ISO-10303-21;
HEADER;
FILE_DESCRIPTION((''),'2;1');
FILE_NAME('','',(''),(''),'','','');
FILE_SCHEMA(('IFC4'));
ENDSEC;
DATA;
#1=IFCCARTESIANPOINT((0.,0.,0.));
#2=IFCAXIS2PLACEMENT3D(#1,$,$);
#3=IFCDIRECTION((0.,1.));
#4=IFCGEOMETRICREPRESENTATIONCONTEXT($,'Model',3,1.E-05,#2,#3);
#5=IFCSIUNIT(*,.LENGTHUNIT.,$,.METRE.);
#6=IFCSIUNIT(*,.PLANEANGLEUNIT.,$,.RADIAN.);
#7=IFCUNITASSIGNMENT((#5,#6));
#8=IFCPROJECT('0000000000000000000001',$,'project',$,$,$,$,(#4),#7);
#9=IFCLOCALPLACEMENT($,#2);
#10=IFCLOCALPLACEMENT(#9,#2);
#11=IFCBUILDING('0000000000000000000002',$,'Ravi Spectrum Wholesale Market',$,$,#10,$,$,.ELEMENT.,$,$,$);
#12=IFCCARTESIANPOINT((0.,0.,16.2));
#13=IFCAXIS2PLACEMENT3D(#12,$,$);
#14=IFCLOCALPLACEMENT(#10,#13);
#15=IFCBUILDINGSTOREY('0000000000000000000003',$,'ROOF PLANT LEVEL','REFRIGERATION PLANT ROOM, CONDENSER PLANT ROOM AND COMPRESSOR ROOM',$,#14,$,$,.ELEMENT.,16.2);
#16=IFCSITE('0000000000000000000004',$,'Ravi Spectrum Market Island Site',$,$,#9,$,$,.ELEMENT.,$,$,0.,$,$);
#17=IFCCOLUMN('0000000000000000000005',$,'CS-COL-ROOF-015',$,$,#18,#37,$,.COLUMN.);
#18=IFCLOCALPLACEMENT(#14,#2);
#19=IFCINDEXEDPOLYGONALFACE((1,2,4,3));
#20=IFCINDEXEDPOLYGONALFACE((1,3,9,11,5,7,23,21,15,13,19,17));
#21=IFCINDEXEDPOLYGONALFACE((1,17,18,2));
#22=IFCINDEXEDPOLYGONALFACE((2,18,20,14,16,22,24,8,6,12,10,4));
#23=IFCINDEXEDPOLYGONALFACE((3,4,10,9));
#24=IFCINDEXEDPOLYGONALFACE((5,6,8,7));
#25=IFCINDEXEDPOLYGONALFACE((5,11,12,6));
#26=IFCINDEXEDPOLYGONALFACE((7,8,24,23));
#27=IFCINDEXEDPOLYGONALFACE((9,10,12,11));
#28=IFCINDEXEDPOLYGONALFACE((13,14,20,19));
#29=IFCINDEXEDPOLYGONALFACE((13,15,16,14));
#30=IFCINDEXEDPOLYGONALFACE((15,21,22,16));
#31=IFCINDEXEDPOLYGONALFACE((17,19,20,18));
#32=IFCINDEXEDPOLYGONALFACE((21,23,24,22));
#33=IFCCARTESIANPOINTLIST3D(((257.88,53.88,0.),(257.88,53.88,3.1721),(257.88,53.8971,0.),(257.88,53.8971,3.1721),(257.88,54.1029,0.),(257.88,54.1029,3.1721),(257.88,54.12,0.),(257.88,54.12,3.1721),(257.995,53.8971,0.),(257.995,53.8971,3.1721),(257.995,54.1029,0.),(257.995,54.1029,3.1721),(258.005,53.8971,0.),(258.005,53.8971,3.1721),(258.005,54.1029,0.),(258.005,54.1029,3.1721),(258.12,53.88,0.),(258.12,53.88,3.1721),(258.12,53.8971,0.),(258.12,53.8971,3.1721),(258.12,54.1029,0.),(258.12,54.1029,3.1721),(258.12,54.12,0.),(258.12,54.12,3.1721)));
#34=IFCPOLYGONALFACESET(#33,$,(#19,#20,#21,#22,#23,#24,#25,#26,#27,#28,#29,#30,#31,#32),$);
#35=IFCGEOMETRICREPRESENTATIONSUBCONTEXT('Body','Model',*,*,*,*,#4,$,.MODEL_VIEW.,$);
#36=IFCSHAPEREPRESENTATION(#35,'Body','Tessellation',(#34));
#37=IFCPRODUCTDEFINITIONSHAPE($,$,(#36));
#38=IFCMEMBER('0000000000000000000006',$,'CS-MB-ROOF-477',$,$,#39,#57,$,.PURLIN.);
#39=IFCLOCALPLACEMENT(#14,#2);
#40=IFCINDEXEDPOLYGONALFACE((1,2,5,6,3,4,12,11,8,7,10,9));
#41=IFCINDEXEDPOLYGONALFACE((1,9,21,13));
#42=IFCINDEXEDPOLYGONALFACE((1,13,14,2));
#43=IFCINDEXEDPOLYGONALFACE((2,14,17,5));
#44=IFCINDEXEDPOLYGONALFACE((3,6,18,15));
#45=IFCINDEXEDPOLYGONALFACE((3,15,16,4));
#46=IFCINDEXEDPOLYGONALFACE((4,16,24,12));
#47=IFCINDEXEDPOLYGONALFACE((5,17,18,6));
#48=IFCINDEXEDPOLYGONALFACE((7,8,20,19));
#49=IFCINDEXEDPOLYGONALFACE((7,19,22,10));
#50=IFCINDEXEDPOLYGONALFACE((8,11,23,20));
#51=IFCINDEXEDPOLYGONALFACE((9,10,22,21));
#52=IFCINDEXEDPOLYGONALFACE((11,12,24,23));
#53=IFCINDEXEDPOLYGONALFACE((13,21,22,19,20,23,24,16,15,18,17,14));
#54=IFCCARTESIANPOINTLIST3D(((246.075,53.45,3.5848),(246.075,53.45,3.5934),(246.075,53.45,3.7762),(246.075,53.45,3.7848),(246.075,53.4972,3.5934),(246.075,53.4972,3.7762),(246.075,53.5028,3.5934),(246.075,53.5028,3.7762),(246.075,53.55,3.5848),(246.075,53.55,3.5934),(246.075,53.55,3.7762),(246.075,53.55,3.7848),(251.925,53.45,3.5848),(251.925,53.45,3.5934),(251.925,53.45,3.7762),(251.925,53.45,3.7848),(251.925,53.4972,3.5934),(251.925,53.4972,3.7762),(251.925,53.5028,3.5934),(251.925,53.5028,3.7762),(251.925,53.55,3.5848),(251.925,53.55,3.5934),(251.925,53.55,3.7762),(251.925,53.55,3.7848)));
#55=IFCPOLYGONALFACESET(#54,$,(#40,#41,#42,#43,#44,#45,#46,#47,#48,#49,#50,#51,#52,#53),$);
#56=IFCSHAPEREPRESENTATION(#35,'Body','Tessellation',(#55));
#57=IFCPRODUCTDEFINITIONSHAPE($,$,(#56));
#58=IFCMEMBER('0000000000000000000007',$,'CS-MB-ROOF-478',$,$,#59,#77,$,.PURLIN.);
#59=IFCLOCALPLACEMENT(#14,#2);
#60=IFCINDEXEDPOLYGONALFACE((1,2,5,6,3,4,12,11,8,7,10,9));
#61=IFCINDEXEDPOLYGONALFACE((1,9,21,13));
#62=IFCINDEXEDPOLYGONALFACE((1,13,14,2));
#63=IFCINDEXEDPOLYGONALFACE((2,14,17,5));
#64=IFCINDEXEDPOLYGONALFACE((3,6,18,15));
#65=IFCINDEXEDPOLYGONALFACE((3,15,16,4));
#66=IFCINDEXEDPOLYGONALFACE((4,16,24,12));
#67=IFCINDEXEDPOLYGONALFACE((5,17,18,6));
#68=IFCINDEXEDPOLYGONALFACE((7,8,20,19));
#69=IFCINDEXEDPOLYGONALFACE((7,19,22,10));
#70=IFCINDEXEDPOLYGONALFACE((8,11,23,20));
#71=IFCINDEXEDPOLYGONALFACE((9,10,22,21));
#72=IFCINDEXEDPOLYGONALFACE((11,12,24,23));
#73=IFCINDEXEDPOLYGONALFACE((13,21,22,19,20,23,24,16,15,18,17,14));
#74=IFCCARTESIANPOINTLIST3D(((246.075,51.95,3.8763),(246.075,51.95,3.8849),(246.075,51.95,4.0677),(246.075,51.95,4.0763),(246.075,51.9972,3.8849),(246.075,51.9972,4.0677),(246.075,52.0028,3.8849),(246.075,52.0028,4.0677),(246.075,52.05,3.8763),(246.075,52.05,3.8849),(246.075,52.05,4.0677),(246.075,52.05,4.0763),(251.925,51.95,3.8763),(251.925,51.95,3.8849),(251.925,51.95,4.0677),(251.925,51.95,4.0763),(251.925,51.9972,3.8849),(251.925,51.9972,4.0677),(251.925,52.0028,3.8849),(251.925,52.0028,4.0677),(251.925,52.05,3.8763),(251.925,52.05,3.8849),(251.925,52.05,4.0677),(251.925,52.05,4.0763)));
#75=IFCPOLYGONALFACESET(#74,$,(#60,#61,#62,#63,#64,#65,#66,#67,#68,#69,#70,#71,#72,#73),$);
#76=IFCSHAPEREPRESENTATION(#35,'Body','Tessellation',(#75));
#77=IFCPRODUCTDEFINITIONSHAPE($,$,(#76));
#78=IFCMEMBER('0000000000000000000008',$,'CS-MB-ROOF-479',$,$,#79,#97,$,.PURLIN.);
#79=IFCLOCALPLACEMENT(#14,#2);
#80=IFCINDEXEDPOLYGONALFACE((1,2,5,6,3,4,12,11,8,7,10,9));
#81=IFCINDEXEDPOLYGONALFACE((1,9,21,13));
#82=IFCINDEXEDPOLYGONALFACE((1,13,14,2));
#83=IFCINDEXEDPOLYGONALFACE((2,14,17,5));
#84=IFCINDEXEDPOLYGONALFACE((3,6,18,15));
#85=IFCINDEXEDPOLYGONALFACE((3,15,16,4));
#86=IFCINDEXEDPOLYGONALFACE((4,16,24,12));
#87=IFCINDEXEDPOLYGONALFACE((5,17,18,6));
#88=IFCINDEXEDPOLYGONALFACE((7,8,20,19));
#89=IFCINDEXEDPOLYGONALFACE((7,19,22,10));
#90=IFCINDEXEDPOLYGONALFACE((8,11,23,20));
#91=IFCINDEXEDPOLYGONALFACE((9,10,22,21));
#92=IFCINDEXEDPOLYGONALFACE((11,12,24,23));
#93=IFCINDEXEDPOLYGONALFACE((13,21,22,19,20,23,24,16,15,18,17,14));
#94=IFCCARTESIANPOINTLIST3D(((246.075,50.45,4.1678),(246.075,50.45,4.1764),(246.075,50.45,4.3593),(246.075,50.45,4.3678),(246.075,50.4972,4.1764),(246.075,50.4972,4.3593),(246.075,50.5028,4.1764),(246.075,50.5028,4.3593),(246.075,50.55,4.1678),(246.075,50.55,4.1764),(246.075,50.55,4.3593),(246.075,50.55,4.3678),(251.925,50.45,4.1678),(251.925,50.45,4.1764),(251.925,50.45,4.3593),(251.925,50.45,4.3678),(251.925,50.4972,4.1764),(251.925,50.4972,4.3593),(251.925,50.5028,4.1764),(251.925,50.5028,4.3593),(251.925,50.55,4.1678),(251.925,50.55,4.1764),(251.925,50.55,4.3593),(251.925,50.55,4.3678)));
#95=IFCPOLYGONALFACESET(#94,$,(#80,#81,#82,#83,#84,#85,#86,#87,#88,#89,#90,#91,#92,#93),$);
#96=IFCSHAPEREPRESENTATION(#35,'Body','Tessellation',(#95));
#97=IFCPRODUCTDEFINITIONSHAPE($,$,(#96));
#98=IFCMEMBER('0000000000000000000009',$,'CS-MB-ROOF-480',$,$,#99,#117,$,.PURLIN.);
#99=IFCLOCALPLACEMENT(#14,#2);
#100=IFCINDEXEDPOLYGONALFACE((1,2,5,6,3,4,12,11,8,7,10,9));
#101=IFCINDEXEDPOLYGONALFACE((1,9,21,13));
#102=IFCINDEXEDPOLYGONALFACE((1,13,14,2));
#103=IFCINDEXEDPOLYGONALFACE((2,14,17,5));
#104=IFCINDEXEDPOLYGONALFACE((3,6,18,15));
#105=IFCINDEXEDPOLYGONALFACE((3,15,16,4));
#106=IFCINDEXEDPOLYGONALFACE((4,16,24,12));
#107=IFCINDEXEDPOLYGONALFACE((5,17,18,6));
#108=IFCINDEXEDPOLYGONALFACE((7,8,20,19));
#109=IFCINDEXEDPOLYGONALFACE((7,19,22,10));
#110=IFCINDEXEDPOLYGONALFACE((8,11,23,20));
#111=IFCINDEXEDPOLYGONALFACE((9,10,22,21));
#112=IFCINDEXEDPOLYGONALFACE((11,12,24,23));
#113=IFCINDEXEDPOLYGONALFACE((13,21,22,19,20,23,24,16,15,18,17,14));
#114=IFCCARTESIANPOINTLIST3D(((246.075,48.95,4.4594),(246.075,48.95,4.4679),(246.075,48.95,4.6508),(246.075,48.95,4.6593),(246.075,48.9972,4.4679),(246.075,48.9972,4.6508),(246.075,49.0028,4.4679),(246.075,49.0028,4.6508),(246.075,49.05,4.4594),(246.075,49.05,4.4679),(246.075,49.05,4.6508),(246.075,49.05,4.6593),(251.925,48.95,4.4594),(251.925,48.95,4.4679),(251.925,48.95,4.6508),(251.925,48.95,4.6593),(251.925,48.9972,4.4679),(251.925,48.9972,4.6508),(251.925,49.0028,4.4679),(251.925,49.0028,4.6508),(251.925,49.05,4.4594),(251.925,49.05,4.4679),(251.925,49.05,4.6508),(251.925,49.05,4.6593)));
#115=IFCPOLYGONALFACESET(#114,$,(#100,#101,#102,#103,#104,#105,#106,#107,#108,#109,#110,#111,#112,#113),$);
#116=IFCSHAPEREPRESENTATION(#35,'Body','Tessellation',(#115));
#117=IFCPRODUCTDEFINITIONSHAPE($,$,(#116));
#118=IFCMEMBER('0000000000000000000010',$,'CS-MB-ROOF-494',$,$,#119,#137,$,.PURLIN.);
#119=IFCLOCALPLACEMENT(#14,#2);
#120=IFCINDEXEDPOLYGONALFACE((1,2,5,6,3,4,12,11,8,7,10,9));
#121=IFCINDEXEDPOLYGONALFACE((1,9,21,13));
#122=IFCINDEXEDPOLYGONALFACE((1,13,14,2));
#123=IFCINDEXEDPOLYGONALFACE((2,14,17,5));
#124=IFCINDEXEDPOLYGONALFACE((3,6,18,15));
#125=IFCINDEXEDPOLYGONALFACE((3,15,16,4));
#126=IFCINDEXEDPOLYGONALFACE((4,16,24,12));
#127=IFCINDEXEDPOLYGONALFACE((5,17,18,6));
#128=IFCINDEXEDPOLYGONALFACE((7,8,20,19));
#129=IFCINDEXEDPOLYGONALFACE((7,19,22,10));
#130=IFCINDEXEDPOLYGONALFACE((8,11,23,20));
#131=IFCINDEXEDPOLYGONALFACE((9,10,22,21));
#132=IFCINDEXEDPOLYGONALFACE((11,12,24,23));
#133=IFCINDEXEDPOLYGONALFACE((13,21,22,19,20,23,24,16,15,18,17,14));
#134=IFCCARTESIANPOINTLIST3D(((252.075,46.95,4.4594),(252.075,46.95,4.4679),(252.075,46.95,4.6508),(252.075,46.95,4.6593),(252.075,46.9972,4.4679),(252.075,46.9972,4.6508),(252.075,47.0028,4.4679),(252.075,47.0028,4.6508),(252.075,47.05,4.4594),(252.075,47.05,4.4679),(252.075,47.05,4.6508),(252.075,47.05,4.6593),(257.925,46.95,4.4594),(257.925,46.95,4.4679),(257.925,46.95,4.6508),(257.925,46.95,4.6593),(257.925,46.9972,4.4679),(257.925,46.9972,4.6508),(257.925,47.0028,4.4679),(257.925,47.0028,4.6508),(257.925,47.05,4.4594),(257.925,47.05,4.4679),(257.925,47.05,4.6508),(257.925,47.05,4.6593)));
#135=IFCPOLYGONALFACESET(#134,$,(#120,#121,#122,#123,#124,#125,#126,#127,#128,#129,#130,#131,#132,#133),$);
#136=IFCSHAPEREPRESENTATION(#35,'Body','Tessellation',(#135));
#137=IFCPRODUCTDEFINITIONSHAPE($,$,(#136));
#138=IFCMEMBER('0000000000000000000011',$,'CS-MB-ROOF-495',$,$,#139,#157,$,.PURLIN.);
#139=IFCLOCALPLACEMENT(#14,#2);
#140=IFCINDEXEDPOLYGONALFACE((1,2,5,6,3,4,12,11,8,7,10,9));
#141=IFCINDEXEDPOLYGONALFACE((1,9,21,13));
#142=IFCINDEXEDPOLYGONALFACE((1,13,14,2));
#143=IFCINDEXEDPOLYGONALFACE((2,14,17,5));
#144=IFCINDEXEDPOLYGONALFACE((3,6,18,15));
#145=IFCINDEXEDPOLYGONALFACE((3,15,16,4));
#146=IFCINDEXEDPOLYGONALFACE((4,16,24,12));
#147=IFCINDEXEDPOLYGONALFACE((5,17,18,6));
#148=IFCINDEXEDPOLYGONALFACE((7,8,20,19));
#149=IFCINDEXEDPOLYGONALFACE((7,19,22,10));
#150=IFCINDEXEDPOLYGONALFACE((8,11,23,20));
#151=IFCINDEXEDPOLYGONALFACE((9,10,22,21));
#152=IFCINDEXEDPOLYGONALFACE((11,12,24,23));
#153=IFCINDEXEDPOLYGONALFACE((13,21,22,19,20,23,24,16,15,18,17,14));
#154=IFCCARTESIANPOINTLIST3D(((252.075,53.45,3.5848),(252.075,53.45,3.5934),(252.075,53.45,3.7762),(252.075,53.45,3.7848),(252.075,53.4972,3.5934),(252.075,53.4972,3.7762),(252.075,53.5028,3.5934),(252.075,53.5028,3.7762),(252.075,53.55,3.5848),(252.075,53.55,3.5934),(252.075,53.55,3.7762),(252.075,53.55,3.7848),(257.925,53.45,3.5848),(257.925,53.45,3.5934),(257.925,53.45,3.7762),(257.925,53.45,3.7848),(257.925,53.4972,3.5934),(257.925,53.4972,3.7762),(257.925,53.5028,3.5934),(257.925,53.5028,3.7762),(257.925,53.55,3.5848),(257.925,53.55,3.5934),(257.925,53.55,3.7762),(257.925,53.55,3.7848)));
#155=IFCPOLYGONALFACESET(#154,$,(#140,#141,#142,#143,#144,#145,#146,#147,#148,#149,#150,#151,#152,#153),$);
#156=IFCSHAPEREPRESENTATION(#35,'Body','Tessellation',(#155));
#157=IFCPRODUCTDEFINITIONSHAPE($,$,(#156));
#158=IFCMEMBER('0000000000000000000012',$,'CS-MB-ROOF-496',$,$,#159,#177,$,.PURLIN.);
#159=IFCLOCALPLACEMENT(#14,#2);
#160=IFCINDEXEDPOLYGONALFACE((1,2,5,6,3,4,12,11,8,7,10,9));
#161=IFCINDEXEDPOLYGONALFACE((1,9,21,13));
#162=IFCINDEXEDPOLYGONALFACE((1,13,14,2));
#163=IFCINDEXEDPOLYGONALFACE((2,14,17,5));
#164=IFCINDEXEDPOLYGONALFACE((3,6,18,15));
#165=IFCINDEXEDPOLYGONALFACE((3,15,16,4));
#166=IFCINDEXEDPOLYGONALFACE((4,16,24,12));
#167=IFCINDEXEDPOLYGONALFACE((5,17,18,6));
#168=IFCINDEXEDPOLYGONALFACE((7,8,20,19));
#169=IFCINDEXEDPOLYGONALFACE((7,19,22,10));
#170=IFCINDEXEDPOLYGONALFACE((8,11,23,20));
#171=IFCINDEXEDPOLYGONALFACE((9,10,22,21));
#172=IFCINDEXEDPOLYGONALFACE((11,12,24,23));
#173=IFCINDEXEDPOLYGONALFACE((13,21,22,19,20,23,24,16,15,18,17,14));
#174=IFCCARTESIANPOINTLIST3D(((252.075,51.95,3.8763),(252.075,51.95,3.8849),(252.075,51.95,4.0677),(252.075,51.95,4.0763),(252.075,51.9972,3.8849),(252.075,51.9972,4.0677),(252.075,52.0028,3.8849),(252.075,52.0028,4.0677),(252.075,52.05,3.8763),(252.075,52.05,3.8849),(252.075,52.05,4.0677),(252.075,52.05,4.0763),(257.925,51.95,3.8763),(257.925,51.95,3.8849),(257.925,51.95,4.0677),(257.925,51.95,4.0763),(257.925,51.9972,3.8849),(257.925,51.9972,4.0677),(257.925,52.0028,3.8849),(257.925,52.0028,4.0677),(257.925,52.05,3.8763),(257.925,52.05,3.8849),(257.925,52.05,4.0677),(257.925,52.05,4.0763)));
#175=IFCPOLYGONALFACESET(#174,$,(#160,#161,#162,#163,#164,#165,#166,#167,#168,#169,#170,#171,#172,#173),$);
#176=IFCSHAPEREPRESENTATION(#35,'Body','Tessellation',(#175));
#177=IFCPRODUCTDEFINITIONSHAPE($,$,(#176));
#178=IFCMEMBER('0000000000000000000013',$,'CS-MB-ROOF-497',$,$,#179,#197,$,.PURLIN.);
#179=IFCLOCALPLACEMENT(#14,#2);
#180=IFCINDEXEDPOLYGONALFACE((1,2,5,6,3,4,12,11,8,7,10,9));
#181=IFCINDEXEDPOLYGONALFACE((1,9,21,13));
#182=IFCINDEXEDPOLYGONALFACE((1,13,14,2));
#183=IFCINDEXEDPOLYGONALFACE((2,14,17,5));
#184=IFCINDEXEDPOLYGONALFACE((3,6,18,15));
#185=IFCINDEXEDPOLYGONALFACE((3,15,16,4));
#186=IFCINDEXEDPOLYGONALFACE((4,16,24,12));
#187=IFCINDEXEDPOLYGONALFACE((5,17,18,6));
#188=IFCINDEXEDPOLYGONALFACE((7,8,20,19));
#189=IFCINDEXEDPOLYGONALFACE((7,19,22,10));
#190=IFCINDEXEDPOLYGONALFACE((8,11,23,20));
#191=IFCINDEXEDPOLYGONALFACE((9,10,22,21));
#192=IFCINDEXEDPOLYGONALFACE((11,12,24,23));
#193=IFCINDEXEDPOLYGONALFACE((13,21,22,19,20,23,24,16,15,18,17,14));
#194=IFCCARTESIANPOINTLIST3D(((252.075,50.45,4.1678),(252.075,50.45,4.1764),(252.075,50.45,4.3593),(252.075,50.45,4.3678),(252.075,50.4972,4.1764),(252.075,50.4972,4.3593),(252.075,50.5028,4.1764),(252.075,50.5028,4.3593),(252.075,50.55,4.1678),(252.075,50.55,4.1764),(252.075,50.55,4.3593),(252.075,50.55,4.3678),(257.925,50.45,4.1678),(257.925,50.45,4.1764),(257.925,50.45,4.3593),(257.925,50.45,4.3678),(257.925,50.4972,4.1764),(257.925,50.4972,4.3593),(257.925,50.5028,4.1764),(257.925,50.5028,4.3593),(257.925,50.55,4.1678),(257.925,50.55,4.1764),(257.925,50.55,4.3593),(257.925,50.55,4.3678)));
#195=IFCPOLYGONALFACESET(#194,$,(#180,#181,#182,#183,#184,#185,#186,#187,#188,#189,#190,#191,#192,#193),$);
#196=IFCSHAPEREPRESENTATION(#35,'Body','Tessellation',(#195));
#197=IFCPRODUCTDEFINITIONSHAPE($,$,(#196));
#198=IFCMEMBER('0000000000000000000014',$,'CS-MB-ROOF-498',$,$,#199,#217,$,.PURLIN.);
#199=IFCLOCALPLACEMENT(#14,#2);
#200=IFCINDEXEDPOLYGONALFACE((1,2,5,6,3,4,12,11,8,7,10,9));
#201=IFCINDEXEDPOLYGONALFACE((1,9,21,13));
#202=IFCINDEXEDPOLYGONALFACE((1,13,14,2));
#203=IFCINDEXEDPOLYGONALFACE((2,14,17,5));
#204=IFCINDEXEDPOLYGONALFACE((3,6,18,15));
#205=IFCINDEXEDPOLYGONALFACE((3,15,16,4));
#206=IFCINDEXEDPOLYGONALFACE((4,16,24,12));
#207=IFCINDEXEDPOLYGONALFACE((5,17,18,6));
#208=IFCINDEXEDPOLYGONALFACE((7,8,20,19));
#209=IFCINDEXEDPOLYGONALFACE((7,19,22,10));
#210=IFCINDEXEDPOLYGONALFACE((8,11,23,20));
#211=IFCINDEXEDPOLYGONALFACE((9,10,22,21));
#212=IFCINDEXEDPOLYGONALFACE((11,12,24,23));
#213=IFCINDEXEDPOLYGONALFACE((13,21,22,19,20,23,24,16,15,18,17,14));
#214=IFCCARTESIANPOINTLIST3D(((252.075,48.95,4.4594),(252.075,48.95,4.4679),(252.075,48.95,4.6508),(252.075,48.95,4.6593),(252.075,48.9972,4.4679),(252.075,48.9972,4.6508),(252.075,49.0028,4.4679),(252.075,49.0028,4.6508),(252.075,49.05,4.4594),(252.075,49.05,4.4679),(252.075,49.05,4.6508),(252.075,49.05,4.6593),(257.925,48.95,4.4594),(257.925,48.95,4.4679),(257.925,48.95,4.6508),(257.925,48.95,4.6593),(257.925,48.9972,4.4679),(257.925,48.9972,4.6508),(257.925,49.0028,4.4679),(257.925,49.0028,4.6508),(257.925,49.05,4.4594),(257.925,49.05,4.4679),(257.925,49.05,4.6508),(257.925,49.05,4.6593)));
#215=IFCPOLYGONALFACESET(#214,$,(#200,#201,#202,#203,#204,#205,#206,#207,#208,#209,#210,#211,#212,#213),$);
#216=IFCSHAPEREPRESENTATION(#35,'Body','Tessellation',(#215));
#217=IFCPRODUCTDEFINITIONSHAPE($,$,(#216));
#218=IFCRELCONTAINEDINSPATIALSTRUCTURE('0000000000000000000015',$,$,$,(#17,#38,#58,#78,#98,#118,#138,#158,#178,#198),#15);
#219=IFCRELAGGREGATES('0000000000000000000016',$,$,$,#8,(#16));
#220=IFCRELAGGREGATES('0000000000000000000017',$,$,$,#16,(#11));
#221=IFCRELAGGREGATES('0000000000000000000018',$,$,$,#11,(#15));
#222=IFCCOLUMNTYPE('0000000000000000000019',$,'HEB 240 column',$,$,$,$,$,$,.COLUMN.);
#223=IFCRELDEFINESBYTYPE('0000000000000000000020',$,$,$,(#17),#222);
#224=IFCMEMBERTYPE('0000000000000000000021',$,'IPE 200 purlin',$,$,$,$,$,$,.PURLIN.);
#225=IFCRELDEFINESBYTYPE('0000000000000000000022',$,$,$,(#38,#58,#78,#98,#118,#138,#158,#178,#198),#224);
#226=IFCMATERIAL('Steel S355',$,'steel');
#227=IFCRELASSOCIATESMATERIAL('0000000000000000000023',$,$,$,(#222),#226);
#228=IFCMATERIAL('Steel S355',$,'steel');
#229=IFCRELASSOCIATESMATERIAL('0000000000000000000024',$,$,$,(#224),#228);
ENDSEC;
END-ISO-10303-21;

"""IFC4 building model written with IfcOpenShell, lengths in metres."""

from ifc_helpers import new_model, si_unit, direction, frame, origin, origin_2d, place, context, subcontext, project, spatial, i_section, extrude, material, material_profile, profile_set, type_object, element, save


model = new_model("IFC4")

# Units and contexts
model_context = context("Model", 3, precision=1e-05, world=origin(), true_north=direction((0.0, 1.0)))
body_context = subcontext(model_context, "Body", "Model", "MODEL_VIEW")
ifc_project = project(units=[si_unit("LENGTHUNIT", "METRE"), si_unit("PLANEANGLEUNIT", "RADIAN")], contexts=[model_context])

# Site, building, storey
site_placement = place(None, origin())
site = spatial("IfcSite", under=ifc_project, at=site_placement, Name="Ravi Spectrum Market Island Site", CompositionType="ELEMENT", RefElevation=0.0)
building_placement = place(site_placement, origin())
building = spatial("IfcBuilding", under=site, at=building_placement, Name="Ravi Spectrum Wholesale Market", CompositionType="ELEMENT")
storey_placement = place(building_placement, frame((0.0, 0.0, 16.2)))
storey = spatial("IfcBuildingStorey", under=building, at=storey_placement, Name="ROOF PLANT LEVEL", Description="REFRIGERATION PLANT ROOM, CONDENSER PLANT ROOM AND COMPRESSOR ROOM", CompositionType="ELEMENT", Elevation=16.2)

# Column
ifc_material_1 = material(Name="Steel S355", Category="steel")
ifc_material_profile_1 = material_profile(ifc_material_1, i_section(OverallWidth=0.24, OverallDepth=0.24, WebThickness=0.01, FlangeThickness=0.0171, at=origin_2d()))
ifc_profile_set_1 = profile_set([ifc_material_profile_1], Name="Steel S355")
column_type = type_object("IfcColumnType", Name="HEB 240 column", PredefinedType="COLUMN", material=ifc_profile_set_1)
column_placement = place(storey_placement, frame((258.0, 54.0, 0.0), z_axis=(0.0, 0.0, 1.0), x_axis=(1.0, 0.0, 0.0)))
element("IfcColumn", 1, at=column_placement, inside=storey, type_object=column_type, Name="CS-COL-ROOF-015", PredefinedType="COLUMN", context=body_context, shape_type="SweptSolid", body=[
    extrude(i_section(OverallWidth=0.24, OverallDepth=0.24, WebThickness=0.01, FlangeThickness=0.0171, at=origin_2d()), origin(), (0.0, 0.0, 1.0), 3.1721),
])

# Members
ifc_material_2 = material(Name="Steel S355", Category="steel")
ifc_material_profile_2 = material_profile(ifc_material_2, i_section(OverallWidth=0.1001, OverallDepth=0.2, WebThickness=0.0056, FlangeThickness=0.0085, at=origin_2d()))
ifc_profile_set_2 = profile_set([ifc_material_profile_2], Name="Steel S355")
member_type = type_object("IfcMemberType", Name="IPE 200 purlin", PredefinedType="PURLIN", material=ifc_profile_set_2)
for number, where, z_axis, x_axis, name in (
    (2, (246.075, 53.5, 3.6848), (1.0, 0.0, 0.0), (0.0, 1.0, 0.0), "CS-MB-ROOF-477"),
    (3, (246.075, 52.0, 3.9763), (1.0, 0.0, 0.0), (0.0, 1.0, 0.0), "CS-MB-ROOF-478"),
    (4, (246.075, 50.5, 4.2678), (1.0, 0.0, 0.0), (0.0, 1.0, 0.0), "CS-MB-ROOF-479"),
    (5, (246.075, 49.0, 4.5593), (1.0, 0.0, 0.0), (0.0, 1.0, 0.0), "CS-MB-ROOF-480"),
    (6, (252.075, 47.0, 4.5593), (1.0, 0.0, 0.0), (0.0, 1.0, 0.0), "CS-MB-ROOF-494"),
    (7, (252.075, 53.5, 3.6848), (1.0, 0.0, 0.0), (0.0, 1.0, 0.0), "CS-MB-ROOF-495"),
    (8, (252.075, 52.0, 3.9763), (1.0, 0.0, 0.0), (0.0, 1.0, 0.0), "CS-MB-ROOF-496"),
    (9, (252.075, 50.5, 4.2678), (1.0, 0.0, 0.0), (0.0, 1.0, 0.0), "CS-MB-ROOF-497"),
    (10, (252.075, 49.0, 4.5593), (1.0, 0.0, 0.0), (0.0, 1.0, 0.0), "CS-MB-ROOF-498"),
):
    element("IfcMember", number, at=place(storey_placement, frame(where, z_axis=z_axis, x_axis=x_axis)), inside=storey, type_object=member_type, Name=name, PredefinedType="PURLIN", context=body_context, shape_type="SweptSolid", body=[
        extrude(i_section(OverallWidth=0.1001, OverallDepth=0.2, WebThickness=0.0056, FlangeThickness=0.0085, at=origin_2d()), origin(), (0.0, 0.0, 1.0), 5.8501),
    ])

save(model, "model.ifc")
